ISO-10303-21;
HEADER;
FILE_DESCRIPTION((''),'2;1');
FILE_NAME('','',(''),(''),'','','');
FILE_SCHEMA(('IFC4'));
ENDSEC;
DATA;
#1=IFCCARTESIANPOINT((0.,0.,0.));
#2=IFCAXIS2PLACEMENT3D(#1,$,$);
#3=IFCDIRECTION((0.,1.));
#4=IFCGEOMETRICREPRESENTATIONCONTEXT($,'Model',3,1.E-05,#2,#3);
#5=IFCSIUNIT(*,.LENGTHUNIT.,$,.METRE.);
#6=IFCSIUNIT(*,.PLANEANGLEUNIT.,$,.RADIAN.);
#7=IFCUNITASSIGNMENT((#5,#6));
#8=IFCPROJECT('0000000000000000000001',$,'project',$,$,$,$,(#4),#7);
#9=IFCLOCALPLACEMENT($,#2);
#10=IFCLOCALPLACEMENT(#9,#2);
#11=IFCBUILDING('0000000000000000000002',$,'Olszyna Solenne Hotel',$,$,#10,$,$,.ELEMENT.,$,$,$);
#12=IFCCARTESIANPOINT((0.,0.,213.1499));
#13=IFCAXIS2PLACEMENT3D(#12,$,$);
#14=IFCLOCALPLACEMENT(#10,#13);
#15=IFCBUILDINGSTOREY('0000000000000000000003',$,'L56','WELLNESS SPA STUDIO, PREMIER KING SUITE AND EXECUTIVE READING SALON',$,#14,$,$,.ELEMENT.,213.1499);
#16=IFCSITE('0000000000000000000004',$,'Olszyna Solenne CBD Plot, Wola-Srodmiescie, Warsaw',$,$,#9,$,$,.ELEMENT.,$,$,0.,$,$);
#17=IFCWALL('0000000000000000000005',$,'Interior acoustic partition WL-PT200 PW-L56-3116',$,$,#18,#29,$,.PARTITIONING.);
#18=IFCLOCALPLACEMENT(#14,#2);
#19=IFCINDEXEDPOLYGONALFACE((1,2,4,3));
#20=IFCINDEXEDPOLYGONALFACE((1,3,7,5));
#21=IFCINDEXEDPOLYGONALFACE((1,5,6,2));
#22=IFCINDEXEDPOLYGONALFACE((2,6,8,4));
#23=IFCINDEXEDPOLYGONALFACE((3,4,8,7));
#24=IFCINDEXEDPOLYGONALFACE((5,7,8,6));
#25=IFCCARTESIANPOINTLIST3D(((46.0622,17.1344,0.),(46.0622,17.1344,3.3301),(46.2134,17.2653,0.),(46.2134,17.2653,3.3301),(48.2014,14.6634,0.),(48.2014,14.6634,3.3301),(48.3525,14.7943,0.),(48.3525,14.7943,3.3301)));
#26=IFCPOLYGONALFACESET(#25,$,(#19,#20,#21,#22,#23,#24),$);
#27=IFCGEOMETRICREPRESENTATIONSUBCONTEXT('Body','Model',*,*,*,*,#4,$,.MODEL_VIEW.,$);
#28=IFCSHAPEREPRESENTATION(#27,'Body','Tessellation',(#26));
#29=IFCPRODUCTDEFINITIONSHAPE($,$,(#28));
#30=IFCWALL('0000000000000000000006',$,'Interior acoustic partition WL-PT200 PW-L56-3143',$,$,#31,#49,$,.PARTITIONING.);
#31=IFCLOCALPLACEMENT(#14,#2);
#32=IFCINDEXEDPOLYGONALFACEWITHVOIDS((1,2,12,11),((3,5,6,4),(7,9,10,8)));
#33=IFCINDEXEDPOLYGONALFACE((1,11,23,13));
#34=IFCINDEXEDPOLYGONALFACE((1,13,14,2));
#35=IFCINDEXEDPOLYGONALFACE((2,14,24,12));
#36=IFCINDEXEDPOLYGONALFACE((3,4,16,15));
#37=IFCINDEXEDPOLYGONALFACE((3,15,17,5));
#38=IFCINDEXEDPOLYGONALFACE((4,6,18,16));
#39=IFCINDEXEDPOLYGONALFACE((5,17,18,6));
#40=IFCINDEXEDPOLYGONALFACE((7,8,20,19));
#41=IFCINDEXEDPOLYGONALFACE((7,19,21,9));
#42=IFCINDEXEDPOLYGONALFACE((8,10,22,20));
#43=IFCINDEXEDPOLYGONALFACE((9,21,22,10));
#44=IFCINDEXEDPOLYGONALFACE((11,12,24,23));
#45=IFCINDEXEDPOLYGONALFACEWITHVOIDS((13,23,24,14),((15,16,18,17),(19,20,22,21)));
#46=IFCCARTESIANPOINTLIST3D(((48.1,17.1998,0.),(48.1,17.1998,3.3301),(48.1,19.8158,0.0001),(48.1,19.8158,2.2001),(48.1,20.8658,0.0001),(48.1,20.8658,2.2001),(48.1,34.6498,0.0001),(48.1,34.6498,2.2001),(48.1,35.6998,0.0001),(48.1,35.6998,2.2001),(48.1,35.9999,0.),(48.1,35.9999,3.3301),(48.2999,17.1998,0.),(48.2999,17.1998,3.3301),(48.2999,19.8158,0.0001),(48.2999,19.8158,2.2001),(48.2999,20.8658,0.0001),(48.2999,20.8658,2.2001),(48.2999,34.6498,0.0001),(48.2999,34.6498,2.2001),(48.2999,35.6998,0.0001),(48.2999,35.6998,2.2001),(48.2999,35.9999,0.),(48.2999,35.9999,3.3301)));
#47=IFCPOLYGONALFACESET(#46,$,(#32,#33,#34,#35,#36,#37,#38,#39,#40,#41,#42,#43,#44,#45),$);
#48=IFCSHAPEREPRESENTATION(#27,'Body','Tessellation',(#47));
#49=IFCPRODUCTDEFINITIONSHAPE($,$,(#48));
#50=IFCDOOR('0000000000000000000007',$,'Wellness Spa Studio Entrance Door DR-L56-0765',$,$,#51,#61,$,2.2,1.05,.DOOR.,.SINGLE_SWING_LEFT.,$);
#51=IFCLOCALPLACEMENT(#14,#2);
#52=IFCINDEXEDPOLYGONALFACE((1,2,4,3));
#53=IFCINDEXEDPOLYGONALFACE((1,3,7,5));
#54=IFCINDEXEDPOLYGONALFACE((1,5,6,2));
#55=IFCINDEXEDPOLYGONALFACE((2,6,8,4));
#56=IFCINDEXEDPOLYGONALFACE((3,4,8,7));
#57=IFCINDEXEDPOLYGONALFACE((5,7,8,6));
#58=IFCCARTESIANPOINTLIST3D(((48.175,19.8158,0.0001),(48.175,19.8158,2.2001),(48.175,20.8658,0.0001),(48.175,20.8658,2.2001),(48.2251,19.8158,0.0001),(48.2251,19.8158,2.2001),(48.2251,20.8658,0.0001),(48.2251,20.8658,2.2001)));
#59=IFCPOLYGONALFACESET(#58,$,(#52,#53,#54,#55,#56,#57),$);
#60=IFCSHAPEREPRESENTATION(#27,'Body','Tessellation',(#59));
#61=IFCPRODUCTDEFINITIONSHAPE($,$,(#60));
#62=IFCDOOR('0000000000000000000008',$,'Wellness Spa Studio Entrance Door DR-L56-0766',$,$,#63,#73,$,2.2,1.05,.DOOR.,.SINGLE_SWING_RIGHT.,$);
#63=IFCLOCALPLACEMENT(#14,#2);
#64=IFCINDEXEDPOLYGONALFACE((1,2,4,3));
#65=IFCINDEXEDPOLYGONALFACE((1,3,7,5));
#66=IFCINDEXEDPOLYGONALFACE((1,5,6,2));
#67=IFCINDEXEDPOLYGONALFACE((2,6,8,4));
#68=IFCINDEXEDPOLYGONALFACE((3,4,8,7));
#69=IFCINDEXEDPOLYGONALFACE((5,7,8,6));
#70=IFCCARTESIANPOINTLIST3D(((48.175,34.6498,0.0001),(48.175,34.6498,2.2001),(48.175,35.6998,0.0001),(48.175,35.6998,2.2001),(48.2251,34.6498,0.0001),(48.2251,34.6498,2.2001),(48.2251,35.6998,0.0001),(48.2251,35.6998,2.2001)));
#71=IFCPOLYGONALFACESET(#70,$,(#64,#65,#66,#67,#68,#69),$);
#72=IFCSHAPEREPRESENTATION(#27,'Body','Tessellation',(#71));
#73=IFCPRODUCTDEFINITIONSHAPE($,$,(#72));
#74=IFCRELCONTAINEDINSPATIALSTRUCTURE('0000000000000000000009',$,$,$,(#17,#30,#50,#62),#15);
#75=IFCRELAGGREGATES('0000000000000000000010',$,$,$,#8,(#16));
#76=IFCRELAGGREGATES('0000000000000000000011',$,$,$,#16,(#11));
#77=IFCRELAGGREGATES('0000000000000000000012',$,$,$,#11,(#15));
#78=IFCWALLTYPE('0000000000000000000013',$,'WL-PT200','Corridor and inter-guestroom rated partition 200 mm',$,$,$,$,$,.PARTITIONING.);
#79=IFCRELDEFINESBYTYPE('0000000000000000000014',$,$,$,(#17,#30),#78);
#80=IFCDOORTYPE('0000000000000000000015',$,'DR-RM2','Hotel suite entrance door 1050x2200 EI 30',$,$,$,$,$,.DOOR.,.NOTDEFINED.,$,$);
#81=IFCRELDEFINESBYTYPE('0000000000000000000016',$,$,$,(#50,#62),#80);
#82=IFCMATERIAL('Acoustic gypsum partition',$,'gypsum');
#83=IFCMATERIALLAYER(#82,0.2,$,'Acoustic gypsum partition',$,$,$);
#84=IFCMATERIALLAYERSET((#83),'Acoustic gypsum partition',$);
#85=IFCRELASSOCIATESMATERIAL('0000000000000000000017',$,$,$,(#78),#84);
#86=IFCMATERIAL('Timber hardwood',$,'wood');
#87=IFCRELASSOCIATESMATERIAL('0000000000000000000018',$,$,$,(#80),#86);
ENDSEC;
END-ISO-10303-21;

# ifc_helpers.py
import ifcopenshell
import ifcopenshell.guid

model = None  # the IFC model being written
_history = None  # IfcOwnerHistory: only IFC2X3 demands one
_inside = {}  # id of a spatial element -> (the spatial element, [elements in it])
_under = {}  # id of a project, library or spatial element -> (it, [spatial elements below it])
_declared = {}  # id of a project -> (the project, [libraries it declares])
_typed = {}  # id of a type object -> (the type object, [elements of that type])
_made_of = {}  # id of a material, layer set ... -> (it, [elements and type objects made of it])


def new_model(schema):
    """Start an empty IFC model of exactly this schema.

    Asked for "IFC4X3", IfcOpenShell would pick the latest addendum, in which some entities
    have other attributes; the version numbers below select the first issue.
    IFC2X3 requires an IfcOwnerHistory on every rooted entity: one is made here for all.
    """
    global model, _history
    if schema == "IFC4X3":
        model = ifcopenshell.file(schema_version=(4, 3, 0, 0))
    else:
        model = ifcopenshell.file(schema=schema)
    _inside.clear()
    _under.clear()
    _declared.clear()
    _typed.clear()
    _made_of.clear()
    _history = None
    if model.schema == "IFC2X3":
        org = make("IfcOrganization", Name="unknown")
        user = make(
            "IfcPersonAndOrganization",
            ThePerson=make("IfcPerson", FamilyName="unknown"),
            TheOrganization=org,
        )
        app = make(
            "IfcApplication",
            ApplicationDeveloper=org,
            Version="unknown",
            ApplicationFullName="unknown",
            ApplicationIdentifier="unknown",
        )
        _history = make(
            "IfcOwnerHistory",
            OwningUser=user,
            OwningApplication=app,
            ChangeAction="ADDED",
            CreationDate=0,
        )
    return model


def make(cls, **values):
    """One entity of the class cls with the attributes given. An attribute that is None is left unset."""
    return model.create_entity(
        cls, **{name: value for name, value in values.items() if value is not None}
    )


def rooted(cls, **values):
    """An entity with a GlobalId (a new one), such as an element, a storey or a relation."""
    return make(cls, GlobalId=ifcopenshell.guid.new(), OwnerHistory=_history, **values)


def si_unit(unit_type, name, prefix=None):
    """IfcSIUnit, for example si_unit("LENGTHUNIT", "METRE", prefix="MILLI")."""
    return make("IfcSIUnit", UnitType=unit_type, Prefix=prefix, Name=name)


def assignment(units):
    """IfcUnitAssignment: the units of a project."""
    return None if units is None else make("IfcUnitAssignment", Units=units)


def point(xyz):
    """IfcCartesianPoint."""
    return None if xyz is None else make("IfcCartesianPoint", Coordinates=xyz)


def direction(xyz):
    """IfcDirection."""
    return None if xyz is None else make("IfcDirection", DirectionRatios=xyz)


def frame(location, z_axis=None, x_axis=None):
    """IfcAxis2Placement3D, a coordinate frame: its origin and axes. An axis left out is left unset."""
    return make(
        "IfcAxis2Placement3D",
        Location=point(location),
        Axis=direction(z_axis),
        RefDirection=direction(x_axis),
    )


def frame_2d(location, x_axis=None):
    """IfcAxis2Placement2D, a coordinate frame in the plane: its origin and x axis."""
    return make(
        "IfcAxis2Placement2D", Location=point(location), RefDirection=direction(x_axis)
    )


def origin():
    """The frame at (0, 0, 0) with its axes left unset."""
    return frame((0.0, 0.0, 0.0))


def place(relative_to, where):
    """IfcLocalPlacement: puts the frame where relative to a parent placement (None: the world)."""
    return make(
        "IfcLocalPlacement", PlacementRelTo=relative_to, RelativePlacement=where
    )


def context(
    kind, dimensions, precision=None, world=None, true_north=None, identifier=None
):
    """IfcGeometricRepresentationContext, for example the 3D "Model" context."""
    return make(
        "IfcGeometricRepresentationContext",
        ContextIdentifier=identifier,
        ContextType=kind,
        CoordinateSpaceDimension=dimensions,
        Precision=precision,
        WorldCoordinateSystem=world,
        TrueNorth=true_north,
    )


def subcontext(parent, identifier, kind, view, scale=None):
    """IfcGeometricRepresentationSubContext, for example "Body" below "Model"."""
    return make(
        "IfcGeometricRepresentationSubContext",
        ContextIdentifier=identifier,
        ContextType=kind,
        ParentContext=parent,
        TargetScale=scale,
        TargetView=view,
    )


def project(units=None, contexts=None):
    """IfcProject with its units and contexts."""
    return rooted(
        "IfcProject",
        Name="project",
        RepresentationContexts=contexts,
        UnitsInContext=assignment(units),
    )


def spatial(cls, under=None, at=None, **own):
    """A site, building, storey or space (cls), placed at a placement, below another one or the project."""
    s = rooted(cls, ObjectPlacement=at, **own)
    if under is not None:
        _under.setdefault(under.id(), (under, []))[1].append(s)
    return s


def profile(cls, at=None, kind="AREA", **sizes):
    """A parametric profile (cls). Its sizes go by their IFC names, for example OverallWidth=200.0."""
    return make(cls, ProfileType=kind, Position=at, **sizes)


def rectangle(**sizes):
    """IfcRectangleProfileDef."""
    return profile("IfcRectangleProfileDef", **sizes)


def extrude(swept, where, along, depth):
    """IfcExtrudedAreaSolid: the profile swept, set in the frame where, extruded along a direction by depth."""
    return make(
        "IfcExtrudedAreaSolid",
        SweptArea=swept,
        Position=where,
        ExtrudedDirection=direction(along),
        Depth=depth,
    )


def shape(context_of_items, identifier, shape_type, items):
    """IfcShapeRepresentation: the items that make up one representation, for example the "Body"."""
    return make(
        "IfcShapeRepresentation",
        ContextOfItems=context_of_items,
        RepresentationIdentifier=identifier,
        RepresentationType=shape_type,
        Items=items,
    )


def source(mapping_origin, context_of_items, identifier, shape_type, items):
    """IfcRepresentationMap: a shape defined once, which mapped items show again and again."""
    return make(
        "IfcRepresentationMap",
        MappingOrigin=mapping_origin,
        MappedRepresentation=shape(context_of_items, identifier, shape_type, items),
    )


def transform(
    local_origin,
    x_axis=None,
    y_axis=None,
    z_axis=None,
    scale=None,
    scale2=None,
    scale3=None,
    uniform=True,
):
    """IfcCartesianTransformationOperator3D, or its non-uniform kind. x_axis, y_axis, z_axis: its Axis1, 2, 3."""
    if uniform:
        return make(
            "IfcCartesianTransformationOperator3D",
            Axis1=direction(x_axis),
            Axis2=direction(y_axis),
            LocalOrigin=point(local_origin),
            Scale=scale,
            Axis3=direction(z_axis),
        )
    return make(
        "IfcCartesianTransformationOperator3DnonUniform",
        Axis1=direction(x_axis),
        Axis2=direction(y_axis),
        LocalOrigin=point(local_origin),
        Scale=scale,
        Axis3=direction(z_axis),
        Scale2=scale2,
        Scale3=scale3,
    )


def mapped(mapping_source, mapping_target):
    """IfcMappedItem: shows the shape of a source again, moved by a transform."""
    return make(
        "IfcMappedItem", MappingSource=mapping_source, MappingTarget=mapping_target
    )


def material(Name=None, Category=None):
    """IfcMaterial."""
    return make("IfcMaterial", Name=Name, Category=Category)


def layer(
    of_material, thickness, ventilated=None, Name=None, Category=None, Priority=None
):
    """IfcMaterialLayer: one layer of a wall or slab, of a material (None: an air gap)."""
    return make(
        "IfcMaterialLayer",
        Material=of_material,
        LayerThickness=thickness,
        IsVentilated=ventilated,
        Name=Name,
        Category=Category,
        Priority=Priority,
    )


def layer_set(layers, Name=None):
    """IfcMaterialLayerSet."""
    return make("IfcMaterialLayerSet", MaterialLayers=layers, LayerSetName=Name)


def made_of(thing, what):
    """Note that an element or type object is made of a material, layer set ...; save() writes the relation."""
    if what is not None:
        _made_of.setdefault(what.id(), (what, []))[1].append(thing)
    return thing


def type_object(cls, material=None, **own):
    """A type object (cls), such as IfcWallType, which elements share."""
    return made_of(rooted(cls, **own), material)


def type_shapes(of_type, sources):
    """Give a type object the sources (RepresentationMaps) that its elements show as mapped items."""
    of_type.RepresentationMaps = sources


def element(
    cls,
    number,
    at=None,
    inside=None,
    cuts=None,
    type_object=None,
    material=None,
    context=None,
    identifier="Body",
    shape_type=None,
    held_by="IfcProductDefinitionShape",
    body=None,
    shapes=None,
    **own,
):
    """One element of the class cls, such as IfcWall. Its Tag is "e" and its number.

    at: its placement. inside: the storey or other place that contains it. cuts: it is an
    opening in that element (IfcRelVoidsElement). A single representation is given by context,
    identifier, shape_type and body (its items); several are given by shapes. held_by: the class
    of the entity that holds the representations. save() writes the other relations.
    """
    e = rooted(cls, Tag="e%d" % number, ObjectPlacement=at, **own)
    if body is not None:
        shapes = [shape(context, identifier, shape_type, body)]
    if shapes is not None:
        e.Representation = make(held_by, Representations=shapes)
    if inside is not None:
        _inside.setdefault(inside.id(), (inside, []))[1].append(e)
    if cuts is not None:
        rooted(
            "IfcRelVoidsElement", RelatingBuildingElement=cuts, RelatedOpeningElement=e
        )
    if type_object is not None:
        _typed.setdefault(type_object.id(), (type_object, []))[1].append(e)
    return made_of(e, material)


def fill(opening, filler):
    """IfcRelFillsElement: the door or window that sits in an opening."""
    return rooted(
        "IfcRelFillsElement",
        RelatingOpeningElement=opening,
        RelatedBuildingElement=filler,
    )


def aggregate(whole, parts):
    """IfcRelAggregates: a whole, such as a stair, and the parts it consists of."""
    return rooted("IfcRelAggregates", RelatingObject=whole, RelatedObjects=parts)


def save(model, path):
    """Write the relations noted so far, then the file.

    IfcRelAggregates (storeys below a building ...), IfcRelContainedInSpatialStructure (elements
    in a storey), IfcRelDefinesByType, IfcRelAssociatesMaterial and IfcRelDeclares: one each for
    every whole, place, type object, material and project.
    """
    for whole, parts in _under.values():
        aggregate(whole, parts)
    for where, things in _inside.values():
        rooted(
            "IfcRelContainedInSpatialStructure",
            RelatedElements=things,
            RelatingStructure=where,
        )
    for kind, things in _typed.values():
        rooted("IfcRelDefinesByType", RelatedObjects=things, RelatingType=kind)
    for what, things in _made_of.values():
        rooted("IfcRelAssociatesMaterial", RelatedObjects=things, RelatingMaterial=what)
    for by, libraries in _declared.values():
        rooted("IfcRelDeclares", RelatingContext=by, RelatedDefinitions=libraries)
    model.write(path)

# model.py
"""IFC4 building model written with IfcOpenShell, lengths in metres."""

from ifc_helpers import new_model, si_unit, direction, frame, frame_2d, origin, place, context, subcontext, project, spatial, rectangle, extrude, source, transform, mapped, material, layer, layer_set, type_object, type_shapes, element, fill, save


model = new_model("IFC4")

# Units and contexts
model_context = context("Model", 3, precision=1e-05, world=origin(), true_north=direction((0.0, 1.0)))
body_context = subcontext(model_context, "Body", "Model", "MODEL_VIEW")
ifc_project = project(units=[si_unit("LENGTHUNIT", "METRE"), si_unit("PLANEANGLEUNIT", "RADIAN")], contexts=[model_context])

# Site, building, storey
site_placement = place(None, origin())
site = spatial("IfcSite", under=ifc_project, at=site_placement, Name="Olszyna Solenne CBD Plot, Wola-Srodmiescie, Warsaw", CompositionType="ELEMENT", RefElevation=0.0)
building_placement = place(site_placement, origin())
building = spatial("IfcBuilding", under=site, at=building_placement, Name="Olszyna Solenne Hotel", CompositionType="ELEMENT")
storey_placement = place(building_placement, frame((0.0, 0.0, 213.1499)))
storey = spatial("IfcBuildingStorey", under=building, at=storey_placement, Name="L56", Description="WELLNESS SPA STUDIO, PREMIER KING SUITE AND EXECUTIVE READING SALON", CompositionType="ELEMENT", Elevation=213.1499)

# Shared definitions
ifc_material_1 = material(Name="Acoustic gypsum partition", Category="gypsum")

# Wall
ifc_layer_1 = layer(ifc_material_1, 0.2, Name="Acoustic gypsum partition")
ifc_layer_set_1 = layer_set([ifc_layer_1], Name="Acoustic gypsum partition")
wall_type_1 = type_object("IfcWallType", Name="WL-PT200", Description="Corridor and inter-guestroom rated partition 200 mm", PredefinedType="PARTITIONING", material=ifc_layer_set_1)
wall_1_placement = place(storey_placement, frame((46.1377, 17.2, 0.0), z_axis=(0.0, 0.0, 1.0), x_axis=(0.654524, -0.756041, 0.0)))
element("IfcWall", 1, at=wall_1_placement, inside=storey, type_object=wall_type_1, Name="Interior acoustic partition WL-PT200 PW-L56-3116", PredefinedType="PARTITIONING", context=body_context, shape_type="SweptSolid", body=[
    extrude(rectangle(XDim=3.2683, YDim=0.2, at=frame_2d((1.6343, 0.0))), origin(), (0.0, 0.0, 1.0), 3.3301),
])

# Wall, openings, doors
wall_2_placement = place(storey_placement, frame((48.2, 17.2, 0.0), z_axis=(0.0, 0.0, 1.0), x_axis=(0.0, 1.0, 0.0)))
wall_2 = element("IfcWall", 2, at=wall_2_placement, inside=storey, type_object=wall_type_1, Name="Interior acoustic partition WL-PT200 PW-L56-3143", PredefinedType="PARTITIONING", context=body_context, shape_type="SweptSolid", body=[
    extrude(rectangle(XDim=18.8, YDim=0.2, at=frame_2d((9.3999, 0.0))), origin(), (0.0, 0.0, 1.0), 3.3301),
])
opening_1_placement = place(wall_2_placement, frame((2.616, 0.0, 0.0)))
opening_1 = element("IfcOpeningElement", 3, at=opening_1_placement, cuts=wall_2, PredefinedType="OPENING", context=body_context, shape_type="SweptSolid", body=[
    extrude(rectangle(XDim=1.05, YDim=2.2, at=frame_2d((0.5249, 1.1001))), frame((0.0, 0.1099, 0.0), z_axis=(0.0, -1.0, 0.0), x_axis=(1.0, 0.0, 0.0)), (0.0, 0.0, 1.0), 0.22),
])
opening_2_placement = place(wall_2_placement, frame((17.45, 0.0, 0.0)))
opening_2 = element("IfcOpeningElement", 4, at=opening_2_placement, cuts=wall_2, PredefinedType="OPENING", context=body_context, shape_type="SweptSolid", body=[
    extrude(rectangle(XDim=1.05, YDim=2.2, at=frame_2d((0.5249, 1.1001))), frame((0.0, 0.1099, 0.0), z_axis=(0.0, -1.0, 0.0), x_axis=(1.0, 0.0, 0.0)), (0.0, 0.0, 1.0), 0.22),
])
ifc_material_2 = material(Name="Timber hardwood", Category="wood")
door_type_1 = type_object("IfcDoorType", Name="DR-RM2", Description="Hotel suite entrance door 1050x2200 EI 30", OperationType="NOTDEFINED", PredefinedType="DOOR", material=ifc_material_2)
shared_shape_1 = source(origin(), body_context, "Body", "SweptSolid", [
    extrude(rectangle(XDim=1.05, YDim=2.2, at=frame_2d((0.5249, 1.1001))), frame((0.0, 0.0249, 0.0), z_axis=(0.0, -1.0, 0.0), x_axis=(1.0, 0.0, 0.0)), (0.0, 0.0, 1.0), 0.05),
])
type_shapes(door_type_1, [shared_shape_1])
door_1_placement = place(opening_1_placement, origin())
door_1 = element("IfcDoor", 5, at=door_1_placement, inside=storey, type_object=door_type_1, Name="Wellness Spa Studio Entrance Door DR-L56-0765", OperationType="SINGLE_SWING_LEFT", OverallHeight=2.2, OverallWidth=1.05, PredefinedType="DOOR", context=body_context, shape_type="MappedRepresentation", body=[
    mapped(shared_shape_1, transform((0.0, 0.0, 0.0), x_axis=(1.0, 0.0, 0.0), y_axis=(0.0, 1.0, 0.0), z_axis=(0.0, 0.0, 1.0), scale=1.0)),
])
fill(opening_1, door_1)
door_2_placement = place(opening_2_placement, origin())
door_2 = element("IfcDoor", 6, at=door_2_placement, inside=storey, type_object=door_type_1, Name="Wellness Spa Studio Entrance Door DR-L56-0766", OperationType="SINGLE_SWING_RIGHT", OverallHeight=2.2, OverallWidth=1.05, PredefinedType="DOOR", context=body_context, shape_type="MappedRepresentation", body=[
    mapped(shared_shape_1, transform((0.0, 0.0, 0.0), x_axis=(1.0, 0.0, 0.0), y_axis=(0.0, 1.0, 0.0), z_axis=(0.0, 0.0, 1.0), scale=1.0)),
])
fill(opening_2, door_2)

save(model, "model.ifc")
